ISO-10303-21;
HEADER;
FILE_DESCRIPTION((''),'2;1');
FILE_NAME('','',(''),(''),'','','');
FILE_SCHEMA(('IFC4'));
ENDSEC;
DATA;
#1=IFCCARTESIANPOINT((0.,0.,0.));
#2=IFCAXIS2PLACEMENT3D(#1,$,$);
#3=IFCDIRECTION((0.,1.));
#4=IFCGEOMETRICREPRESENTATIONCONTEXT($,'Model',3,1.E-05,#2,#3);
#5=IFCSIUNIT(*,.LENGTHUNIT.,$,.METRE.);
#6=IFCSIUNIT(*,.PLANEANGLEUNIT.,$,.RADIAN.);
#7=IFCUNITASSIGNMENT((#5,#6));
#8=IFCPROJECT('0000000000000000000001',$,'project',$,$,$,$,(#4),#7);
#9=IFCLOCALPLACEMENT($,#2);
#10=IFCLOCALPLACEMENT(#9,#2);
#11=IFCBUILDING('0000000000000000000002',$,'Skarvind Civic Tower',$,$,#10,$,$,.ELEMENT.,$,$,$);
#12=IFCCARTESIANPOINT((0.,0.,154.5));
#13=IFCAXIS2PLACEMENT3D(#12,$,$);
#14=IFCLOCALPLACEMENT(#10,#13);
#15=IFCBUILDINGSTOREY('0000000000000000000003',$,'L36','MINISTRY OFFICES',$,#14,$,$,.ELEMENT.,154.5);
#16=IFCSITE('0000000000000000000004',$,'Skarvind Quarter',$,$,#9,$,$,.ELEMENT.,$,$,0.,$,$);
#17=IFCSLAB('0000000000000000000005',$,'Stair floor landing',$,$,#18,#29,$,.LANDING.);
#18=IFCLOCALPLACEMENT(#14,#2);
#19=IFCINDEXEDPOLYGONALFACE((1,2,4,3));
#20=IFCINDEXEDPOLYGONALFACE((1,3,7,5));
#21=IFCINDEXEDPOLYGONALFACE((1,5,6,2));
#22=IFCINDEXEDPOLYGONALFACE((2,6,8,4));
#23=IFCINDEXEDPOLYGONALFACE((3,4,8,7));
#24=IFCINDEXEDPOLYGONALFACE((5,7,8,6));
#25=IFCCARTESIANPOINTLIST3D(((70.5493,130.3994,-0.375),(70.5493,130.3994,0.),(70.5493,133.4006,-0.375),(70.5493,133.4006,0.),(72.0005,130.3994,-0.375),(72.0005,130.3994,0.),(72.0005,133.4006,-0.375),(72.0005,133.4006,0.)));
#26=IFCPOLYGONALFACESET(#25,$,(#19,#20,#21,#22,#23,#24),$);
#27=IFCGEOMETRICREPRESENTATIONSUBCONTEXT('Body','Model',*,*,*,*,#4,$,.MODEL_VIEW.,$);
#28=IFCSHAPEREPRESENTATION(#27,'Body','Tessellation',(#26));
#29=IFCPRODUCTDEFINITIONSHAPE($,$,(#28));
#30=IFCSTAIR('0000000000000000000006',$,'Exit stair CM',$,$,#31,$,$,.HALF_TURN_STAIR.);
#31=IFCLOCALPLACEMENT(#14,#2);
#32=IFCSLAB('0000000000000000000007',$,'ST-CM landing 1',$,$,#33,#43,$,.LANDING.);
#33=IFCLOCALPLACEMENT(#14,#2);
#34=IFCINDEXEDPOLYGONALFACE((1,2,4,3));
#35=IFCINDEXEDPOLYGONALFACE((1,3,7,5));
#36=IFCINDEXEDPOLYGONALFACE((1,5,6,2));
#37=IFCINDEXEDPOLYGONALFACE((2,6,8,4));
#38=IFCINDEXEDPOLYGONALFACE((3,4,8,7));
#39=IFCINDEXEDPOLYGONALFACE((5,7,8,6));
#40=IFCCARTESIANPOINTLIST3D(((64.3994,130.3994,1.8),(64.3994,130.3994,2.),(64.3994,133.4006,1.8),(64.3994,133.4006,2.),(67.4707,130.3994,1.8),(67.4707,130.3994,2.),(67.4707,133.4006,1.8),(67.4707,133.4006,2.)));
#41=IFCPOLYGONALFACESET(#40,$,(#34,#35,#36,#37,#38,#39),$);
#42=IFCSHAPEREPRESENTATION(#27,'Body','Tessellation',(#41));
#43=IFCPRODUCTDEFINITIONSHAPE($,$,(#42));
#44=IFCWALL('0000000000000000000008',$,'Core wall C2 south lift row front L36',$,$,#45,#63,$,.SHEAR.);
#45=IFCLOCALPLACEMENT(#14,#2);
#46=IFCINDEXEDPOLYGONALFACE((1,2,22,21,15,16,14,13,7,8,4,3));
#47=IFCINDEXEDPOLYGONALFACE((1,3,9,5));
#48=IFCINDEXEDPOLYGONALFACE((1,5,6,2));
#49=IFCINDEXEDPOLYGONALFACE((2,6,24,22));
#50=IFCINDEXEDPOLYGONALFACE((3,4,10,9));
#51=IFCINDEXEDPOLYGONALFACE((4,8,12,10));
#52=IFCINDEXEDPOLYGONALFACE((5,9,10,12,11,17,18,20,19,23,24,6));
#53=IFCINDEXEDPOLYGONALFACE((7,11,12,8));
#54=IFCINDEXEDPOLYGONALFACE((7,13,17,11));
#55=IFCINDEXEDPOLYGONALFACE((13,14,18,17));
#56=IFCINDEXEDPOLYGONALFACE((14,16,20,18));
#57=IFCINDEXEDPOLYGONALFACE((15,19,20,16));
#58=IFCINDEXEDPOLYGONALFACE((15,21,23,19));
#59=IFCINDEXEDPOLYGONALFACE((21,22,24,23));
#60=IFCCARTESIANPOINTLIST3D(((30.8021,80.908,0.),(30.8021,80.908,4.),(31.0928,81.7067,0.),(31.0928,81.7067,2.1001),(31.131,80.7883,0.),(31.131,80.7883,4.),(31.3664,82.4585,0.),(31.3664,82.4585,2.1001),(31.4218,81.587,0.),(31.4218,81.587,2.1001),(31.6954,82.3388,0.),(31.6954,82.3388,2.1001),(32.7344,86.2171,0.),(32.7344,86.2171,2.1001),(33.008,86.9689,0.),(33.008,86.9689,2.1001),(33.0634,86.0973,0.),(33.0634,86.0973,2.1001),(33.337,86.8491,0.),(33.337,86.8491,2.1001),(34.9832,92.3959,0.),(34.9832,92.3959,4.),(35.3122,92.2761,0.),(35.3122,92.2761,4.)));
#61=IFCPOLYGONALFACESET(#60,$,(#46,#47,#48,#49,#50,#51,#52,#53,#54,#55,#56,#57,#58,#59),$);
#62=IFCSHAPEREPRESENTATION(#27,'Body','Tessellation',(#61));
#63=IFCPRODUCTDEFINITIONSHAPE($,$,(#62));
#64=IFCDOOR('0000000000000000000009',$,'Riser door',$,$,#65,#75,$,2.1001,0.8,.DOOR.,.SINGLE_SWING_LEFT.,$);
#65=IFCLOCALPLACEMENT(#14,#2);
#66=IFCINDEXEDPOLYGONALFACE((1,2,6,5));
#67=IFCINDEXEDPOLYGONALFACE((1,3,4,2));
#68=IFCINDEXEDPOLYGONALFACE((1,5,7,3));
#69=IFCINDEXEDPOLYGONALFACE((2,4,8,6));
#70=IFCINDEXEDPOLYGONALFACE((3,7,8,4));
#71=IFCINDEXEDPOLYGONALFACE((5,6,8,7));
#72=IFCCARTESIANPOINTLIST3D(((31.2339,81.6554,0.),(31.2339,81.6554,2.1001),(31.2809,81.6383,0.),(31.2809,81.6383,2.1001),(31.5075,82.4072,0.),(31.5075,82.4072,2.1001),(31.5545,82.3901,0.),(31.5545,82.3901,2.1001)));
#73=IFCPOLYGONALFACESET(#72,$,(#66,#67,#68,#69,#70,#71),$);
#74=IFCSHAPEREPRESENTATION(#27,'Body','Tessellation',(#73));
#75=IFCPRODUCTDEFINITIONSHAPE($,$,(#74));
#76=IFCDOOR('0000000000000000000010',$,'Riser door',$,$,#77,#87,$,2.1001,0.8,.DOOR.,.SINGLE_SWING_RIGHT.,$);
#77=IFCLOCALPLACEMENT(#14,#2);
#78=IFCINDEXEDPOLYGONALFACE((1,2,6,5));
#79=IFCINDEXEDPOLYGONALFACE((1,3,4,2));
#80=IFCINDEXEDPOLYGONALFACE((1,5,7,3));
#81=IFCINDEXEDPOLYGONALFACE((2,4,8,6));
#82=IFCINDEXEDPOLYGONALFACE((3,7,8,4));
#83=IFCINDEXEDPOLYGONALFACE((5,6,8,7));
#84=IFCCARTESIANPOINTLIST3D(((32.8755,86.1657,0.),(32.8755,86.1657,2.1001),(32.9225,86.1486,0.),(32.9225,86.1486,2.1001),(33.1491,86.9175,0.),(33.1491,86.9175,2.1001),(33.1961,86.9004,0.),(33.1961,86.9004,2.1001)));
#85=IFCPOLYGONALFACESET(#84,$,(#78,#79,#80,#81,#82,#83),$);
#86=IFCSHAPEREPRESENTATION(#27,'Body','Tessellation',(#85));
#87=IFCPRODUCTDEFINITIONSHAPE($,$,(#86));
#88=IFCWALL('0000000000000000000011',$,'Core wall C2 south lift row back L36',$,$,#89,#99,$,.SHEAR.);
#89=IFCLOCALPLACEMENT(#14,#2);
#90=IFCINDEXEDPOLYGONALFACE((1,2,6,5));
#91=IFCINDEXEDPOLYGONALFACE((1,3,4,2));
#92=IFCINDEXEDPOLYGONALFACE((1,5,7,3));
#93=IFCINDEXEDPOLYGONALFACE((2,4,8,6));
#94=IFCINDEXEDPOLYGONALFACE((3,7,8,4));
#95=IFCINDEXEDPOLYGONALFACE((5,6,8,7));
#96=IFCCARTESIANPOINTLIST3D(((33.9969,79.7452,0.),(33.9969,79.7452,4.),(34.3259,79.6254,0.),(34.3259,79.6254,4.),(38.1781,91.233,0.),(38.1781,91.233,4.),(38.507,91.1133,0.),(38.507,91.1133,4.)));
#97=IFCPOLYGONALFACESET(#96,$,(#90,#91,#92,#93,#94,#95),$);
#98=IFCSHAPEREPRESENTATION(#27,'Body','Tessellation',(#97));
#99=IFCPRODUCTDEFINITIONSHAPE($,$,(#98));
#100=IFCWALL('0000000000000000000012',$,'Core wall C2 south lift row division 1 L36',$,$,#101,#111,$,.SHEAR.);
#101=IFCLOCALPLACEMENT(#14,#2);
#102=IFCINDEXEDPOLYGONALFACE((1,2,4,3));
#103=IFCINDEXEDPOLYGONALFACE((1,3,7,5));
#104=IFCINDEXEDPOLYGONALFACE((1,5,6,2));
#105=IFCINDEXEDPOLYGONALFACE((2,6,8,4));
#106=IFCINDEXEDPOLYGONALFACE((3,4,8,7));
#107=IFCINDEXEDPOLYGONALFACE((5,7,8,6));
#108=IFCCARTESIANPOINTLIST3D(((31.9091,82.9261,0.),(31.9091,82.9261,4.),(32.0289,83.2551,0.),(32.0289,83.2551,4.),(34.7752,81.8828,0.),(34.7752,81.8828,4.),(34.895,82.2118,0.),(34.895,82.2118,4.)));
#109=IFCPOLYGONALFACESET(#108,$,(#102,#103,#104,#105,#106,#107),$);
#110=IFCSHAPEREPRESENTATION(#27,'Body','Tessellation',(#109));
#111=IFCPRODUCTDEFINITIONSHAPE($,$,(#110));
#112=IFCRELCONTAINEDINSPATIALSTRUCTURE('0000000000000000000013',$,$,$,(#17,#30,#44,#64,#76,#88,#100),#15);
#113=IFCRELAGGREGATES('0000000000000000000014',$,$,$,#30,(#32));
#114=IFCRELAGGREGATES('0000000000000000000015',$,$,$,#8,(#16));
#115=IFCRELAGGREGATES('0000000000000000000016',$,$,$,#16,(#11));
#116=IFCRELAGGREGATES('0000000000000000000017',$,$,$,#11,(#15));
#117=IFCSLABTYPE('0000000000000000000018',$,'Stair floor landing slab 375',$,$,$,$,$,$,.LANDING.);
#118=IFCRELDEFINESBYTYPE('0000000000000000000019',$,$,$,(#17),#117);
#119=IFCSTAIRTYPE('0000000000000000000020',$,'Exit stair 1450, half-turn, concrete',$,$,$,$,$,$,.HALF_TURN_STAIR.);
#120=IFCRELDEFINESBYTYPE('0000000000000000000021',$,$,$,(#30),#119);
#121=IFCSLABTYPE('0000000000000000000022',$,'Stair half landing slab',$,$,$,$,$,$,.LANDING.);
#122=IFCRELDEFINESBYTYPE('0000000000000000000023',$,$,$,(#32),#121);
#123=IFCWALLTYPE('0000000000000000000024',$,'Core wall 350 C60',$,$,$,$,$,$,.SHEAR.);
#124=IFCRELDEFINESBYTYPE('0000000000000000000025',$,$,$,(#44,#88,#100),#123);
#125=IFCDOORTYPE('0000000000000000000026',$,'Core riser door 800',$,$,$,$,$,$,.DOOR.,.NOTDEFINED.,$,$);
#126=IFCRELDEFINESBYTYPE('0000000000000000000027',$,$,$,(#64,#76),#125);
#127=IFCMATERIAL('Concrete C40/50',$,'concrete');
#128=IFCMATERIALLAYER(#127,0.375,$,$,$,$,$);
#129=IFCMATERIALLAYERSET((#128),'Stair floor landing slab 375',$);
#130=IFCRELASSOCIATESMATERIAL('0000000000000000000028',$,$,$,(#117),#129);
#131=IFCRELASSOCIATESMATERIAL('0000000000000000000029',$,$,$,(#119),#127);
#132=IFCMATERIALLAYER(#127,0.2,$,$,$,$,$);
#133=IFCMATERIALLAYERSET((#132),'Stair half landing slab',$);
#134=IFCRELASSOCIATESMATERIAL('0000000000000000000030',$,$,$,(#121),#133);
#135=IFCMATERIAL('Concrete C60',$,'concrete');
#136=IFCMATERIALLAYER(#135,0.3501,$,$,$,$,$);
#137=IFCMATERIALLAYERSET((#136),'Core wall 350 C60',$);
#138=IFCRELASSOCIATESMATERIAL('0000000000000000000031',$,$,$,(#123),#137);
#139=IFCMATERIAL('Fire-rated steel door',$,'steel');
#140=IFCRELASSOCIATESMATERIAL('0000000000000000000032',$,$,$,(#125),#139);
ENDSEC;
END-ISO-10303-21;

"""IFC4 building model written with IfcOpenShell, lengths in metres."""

from ifc_helpers import new_model, si_unit, direction, frame, frame_2d, origin, place, context, subcontext, project, spatial, polyline, rectangle, outline, extrude, material, layer, layer_set, type_object, element, fill, aggregate, save


model = new_model("IFC4")

# Units and contexts
model_context = context("Model", 3, precision=1e-05, world=origin(), true_north=direction((0.0, 1.0)))
body_context = subcontext(model_context, "Body", "Model", "MODEL_VIEW")
ifc_project = project(units=[si_unit("LENGTHUNIT", "METRE"), si_unit("PLANEANGLEUNIT", "RADIAN")], contexts=[model_context])

# Site, building, storey
site_placement = place(None, origin())
site = spatial("IfcSite", under=ifc_project, at=site_placement, Name="Skarvind Quarter", CompositionType="ELEMENT", RefElevation=0.0)
building_placement = place(site_placement, origin())
building = spatial("IfcBuilding", under=site, at=building_placement, Name="Skarvind Civic Tower", CompositionType="ELEMENT")
storey_placement = place(building_placement, frame((0.0, 0.0, 154.5)))
storey = spatial("IfcBuildingStorey", under=building, at=storey_placement, Name="L36", Description="MINISTRY OFFICES", CompositionType="ELEMENT", Elevation=154.5)

# Slab
ifc_material_1 = material(Name="Concrete C40/50", Category="concrete")
ifc_layer_1 = layer(ifc_material_1, 0.375)
ifc_layer_set_1 = layer_set([ifc_layer_1], Name="Stair floor landing slab 375")
slab_type_1 = type_object("IfcSlabType", Name="Stair floor landing slab 375", PredefinedType="LANDING", material=ifc_layer_set_1)
slab_1_placement = place(storey_placement, frame((0.0, 0.0, -0.375)))
element("IfcSlab", 1, at=slab_1_placement, inside=storey, type_object=slab_type_1, Name="Stair floor landing", PredefinedType="LANDING", context=body_context, shape_type="SweptSolid", body=[
    extrude(outline(polyline([(70.5493, 130.3994), (70.5493, 133.4006), (72.0005, 133.4006), (72.0005, 130.3994), (70.5493, 130.3994)])), origin(), (0.0, 0.0, 1.0), 0.375),
])

# Stair, slab
stair_type_1 = type_object("IfcStairType", Name="Exit stair 1450, half-turn, concrete", PredefinedType="HALF_TURN_STAIR", material=ifc_material_1)
stair_1_placement = place(storey_placement, origin())
stair_1 = element("IfcStair", 2, at=stair_1_placement, inside=storey, type_object=stair_type_1, Name="Exit stair CM", PredefinedType="HALF_TURN_STAIR")
ifc_layer_2 = layer(ifc_material_1, 0.2)
ifc_layer_set_2 = layer_set([ifc_layer_2], Name="Stair half landing slab")
slab_type_2 = type_object("IfcSlabType", Name="Stair half landing slab", PredefinedType="LANDING", material=ifc_layer_set_2)
slab_2_placement = place(storey_placement, frame((0.0, 0.0, 1.8)))
slab_2 = element("IfcSlab", 3, at=slab_2_placement, type_object=slab_type_2, Name="ST-CM landing 1", PredefinedType="LANDING", context=body_context, shape_type="SweptSolid", body=[
    extrude(outline(polyline([(67.4707, 133.4006), (67.4707, 130.3994), (64.3994, 130.3994), (64.3994, 133.4006), (67.4707, 133.4006)])), origin(), (0.0, 0.0, 1.0), 0.2),
])
aggregate(stair_1, [slab_2])

# Wall, openings, doors
ifc_material_2 = material(Name="Concrete C60", Category="concrete")
ifc_layer_3 = layer(ifc_material_2, 0.3501)
ifc_layer_set_3 = layer_set([ifc_layer_3], Name="Core wall 350 C60")
wall_type_1 = type_object("IfcWallType", Name="Core wall 350 C60", PredefinedType="SHEAR", material=ifc_layer_set_3)
wall_1_placement = place(storey_placement, frame((30.9666, 80.8481, 0.0), z_axis=(0.0, 0.0, 1.0), x_axis=(0.342016, 0.939694, 0.0)))
wall_1 = element("IfcWall", 4, at=wall_1_placement, inside=storey, type_object=wall_type_1, Name="Core wall C2 south lift row front L36", PredefinedType="SHEAR", context=body_context, shape_type="SweptSolid", body=[
    extrude(rectangle(XDim=12.2251, YDim=0.3501, at=frame_2d((6.1125, 0.0))), origin(), (0.0, 0.0, 1.0), 4.0),
])
opening_1_placement = place(wall_1_placement, frame((0.8501, 0.0, 0.0)))
opening_1 = element("IfcOpeningElement", 5, at=opening_1_placement, cuts=wall_1, PredefinedType="OPENING", context=body_context, shape_type="SweptSolid", body=[
    extrude(rectangle(XDim=0.8, YDim=2.1001, at=frame_2d((0.3999, 1.05))), frame((0.0, 0.1851, 0.0), z_axis=(0.0, -1.0, 0.0), x_axis=(1.0, 0.0, 0.0)), (0.0, 0.0, 1.0), 0.3701),
])
opening_2_placement = place(wall_1_placement, frame((5.6499, 0.0, 0.0)))
opening_2 = element("IfcOpeningElement", 6, at=opening_2_placement, cuts=wall_1, PredefinedType="OPENING", context=body_context, shape_type="SweptSolid", body=[
    extrude(rectangle(XDim=0.8, YDim=2.1001, at=frame_2d((0.3999, 1.05))), frame((0.0, 0.1851, 0.0), z_axis=(0.0, -1.0, 0.0), x_axis=(1.0, 0.0, 0.0)), (0.0, 0.0, 1.0), 0.3701),
])
ifc_material_3 = material(Name="Fire-rated steel door", Category="steel")
door_type_1 = type_object("IfcDoorType", Name="Core riser door 800", OperationType="NOTDEFINED", PredefinedType="DOOR", material=ifc_material_3)
door_1_placement = place(opening_1_placement, origin())
door_1 = element("IfcDoor", 7, at=door_1_placement, inside=storey, type_object=door_type_1, Name="Riser door", OperationType="SINGLE_SWING_LEFT", OverallHeight=2.1001, OverallWidth=0.8, PredefinedType="DOOR", context=body_context, shape_type="SweptSolid", body=[
    extrude(rectangle(XDim=0.8, YDim=2.1001, at=frame_2d((0.3999, 1.05))), frame((0.0, 0.0249, 0.0), z_axis=(0.0, -1.0, 0.0), x_axis=(1.0, 0.0, 0.0)), (0.0, 0.0, 1.0), 0.05),
])
fill(opening_1, door_1)
door_2_placement = place(opening_2_placement, origin())
door_2 = element("IfcDoor", 8, at=door_2_placement, inside=storey, type_object=door_type_1, Name="Riser door", OperationType="SINGLE_SWING_RIGHT", OverallHeight=2.1001, OverallWidth=0.8, PredefinedType="DOOR", context=body_context, shape_type="SweptSolid", body=[
    extrude(rectangle(XDim=0.8, YDim=2.1001, at=frame_2d((0.3999, 1.05))), frame((0.0, 0.0249, 0.0), z_axis=(0.0, -1.0, 0.0), x_axis=(1.0, 0.0, 0.0)), (0.0, 0.0, 1.0), 0.05),
])
fill(opening_2, door_2)

# Walls
wall_2_placement = place(storey_placement, frame((34.1614, 79.6853, 0.0), z_axis=(0.0, 0.0, 1.0), x_axis=(0.342016, 0.939694, 0.0)))
element("IfcWall", 9, at=wall_2_placement, inside=storey, type_object=wall_type_1, Name="Core wall C2 south lift row back L36", PredefinedType="SHEAR", context=body_context, shape_type="SweptSolid", body=[
    extrude(rectangle(XDim=12.2251, YDim=0.3501, at=frame_2d((6.1125, 0.0))), origin(), (0.0, 0.0, 1.0), 4.0),
])
wall_3_placement = place(storey_placement, frame((34.835, 82.0474, 0.0), z_axis=(0.0, 0.0, 1.0), x_axis=(-0.939684, 0.342045, 0.0)))
element("IfcWall", 10, at=wall_3_placement, inside=storey, type_object=wall_type_1, Name="Core wall C2 south lift row division 1 L36", PredefinedType="SHEAR", context=body_context, shape_type="SweptSolid", body=[
    extrude(rectangle(XDim=3.05, YDim=0.3501, at=frame_2d((1.5249, 0.0))), origin(), (0.0, 0.0, 1.0), 4.0),
])

save(model, "model.ifc")
